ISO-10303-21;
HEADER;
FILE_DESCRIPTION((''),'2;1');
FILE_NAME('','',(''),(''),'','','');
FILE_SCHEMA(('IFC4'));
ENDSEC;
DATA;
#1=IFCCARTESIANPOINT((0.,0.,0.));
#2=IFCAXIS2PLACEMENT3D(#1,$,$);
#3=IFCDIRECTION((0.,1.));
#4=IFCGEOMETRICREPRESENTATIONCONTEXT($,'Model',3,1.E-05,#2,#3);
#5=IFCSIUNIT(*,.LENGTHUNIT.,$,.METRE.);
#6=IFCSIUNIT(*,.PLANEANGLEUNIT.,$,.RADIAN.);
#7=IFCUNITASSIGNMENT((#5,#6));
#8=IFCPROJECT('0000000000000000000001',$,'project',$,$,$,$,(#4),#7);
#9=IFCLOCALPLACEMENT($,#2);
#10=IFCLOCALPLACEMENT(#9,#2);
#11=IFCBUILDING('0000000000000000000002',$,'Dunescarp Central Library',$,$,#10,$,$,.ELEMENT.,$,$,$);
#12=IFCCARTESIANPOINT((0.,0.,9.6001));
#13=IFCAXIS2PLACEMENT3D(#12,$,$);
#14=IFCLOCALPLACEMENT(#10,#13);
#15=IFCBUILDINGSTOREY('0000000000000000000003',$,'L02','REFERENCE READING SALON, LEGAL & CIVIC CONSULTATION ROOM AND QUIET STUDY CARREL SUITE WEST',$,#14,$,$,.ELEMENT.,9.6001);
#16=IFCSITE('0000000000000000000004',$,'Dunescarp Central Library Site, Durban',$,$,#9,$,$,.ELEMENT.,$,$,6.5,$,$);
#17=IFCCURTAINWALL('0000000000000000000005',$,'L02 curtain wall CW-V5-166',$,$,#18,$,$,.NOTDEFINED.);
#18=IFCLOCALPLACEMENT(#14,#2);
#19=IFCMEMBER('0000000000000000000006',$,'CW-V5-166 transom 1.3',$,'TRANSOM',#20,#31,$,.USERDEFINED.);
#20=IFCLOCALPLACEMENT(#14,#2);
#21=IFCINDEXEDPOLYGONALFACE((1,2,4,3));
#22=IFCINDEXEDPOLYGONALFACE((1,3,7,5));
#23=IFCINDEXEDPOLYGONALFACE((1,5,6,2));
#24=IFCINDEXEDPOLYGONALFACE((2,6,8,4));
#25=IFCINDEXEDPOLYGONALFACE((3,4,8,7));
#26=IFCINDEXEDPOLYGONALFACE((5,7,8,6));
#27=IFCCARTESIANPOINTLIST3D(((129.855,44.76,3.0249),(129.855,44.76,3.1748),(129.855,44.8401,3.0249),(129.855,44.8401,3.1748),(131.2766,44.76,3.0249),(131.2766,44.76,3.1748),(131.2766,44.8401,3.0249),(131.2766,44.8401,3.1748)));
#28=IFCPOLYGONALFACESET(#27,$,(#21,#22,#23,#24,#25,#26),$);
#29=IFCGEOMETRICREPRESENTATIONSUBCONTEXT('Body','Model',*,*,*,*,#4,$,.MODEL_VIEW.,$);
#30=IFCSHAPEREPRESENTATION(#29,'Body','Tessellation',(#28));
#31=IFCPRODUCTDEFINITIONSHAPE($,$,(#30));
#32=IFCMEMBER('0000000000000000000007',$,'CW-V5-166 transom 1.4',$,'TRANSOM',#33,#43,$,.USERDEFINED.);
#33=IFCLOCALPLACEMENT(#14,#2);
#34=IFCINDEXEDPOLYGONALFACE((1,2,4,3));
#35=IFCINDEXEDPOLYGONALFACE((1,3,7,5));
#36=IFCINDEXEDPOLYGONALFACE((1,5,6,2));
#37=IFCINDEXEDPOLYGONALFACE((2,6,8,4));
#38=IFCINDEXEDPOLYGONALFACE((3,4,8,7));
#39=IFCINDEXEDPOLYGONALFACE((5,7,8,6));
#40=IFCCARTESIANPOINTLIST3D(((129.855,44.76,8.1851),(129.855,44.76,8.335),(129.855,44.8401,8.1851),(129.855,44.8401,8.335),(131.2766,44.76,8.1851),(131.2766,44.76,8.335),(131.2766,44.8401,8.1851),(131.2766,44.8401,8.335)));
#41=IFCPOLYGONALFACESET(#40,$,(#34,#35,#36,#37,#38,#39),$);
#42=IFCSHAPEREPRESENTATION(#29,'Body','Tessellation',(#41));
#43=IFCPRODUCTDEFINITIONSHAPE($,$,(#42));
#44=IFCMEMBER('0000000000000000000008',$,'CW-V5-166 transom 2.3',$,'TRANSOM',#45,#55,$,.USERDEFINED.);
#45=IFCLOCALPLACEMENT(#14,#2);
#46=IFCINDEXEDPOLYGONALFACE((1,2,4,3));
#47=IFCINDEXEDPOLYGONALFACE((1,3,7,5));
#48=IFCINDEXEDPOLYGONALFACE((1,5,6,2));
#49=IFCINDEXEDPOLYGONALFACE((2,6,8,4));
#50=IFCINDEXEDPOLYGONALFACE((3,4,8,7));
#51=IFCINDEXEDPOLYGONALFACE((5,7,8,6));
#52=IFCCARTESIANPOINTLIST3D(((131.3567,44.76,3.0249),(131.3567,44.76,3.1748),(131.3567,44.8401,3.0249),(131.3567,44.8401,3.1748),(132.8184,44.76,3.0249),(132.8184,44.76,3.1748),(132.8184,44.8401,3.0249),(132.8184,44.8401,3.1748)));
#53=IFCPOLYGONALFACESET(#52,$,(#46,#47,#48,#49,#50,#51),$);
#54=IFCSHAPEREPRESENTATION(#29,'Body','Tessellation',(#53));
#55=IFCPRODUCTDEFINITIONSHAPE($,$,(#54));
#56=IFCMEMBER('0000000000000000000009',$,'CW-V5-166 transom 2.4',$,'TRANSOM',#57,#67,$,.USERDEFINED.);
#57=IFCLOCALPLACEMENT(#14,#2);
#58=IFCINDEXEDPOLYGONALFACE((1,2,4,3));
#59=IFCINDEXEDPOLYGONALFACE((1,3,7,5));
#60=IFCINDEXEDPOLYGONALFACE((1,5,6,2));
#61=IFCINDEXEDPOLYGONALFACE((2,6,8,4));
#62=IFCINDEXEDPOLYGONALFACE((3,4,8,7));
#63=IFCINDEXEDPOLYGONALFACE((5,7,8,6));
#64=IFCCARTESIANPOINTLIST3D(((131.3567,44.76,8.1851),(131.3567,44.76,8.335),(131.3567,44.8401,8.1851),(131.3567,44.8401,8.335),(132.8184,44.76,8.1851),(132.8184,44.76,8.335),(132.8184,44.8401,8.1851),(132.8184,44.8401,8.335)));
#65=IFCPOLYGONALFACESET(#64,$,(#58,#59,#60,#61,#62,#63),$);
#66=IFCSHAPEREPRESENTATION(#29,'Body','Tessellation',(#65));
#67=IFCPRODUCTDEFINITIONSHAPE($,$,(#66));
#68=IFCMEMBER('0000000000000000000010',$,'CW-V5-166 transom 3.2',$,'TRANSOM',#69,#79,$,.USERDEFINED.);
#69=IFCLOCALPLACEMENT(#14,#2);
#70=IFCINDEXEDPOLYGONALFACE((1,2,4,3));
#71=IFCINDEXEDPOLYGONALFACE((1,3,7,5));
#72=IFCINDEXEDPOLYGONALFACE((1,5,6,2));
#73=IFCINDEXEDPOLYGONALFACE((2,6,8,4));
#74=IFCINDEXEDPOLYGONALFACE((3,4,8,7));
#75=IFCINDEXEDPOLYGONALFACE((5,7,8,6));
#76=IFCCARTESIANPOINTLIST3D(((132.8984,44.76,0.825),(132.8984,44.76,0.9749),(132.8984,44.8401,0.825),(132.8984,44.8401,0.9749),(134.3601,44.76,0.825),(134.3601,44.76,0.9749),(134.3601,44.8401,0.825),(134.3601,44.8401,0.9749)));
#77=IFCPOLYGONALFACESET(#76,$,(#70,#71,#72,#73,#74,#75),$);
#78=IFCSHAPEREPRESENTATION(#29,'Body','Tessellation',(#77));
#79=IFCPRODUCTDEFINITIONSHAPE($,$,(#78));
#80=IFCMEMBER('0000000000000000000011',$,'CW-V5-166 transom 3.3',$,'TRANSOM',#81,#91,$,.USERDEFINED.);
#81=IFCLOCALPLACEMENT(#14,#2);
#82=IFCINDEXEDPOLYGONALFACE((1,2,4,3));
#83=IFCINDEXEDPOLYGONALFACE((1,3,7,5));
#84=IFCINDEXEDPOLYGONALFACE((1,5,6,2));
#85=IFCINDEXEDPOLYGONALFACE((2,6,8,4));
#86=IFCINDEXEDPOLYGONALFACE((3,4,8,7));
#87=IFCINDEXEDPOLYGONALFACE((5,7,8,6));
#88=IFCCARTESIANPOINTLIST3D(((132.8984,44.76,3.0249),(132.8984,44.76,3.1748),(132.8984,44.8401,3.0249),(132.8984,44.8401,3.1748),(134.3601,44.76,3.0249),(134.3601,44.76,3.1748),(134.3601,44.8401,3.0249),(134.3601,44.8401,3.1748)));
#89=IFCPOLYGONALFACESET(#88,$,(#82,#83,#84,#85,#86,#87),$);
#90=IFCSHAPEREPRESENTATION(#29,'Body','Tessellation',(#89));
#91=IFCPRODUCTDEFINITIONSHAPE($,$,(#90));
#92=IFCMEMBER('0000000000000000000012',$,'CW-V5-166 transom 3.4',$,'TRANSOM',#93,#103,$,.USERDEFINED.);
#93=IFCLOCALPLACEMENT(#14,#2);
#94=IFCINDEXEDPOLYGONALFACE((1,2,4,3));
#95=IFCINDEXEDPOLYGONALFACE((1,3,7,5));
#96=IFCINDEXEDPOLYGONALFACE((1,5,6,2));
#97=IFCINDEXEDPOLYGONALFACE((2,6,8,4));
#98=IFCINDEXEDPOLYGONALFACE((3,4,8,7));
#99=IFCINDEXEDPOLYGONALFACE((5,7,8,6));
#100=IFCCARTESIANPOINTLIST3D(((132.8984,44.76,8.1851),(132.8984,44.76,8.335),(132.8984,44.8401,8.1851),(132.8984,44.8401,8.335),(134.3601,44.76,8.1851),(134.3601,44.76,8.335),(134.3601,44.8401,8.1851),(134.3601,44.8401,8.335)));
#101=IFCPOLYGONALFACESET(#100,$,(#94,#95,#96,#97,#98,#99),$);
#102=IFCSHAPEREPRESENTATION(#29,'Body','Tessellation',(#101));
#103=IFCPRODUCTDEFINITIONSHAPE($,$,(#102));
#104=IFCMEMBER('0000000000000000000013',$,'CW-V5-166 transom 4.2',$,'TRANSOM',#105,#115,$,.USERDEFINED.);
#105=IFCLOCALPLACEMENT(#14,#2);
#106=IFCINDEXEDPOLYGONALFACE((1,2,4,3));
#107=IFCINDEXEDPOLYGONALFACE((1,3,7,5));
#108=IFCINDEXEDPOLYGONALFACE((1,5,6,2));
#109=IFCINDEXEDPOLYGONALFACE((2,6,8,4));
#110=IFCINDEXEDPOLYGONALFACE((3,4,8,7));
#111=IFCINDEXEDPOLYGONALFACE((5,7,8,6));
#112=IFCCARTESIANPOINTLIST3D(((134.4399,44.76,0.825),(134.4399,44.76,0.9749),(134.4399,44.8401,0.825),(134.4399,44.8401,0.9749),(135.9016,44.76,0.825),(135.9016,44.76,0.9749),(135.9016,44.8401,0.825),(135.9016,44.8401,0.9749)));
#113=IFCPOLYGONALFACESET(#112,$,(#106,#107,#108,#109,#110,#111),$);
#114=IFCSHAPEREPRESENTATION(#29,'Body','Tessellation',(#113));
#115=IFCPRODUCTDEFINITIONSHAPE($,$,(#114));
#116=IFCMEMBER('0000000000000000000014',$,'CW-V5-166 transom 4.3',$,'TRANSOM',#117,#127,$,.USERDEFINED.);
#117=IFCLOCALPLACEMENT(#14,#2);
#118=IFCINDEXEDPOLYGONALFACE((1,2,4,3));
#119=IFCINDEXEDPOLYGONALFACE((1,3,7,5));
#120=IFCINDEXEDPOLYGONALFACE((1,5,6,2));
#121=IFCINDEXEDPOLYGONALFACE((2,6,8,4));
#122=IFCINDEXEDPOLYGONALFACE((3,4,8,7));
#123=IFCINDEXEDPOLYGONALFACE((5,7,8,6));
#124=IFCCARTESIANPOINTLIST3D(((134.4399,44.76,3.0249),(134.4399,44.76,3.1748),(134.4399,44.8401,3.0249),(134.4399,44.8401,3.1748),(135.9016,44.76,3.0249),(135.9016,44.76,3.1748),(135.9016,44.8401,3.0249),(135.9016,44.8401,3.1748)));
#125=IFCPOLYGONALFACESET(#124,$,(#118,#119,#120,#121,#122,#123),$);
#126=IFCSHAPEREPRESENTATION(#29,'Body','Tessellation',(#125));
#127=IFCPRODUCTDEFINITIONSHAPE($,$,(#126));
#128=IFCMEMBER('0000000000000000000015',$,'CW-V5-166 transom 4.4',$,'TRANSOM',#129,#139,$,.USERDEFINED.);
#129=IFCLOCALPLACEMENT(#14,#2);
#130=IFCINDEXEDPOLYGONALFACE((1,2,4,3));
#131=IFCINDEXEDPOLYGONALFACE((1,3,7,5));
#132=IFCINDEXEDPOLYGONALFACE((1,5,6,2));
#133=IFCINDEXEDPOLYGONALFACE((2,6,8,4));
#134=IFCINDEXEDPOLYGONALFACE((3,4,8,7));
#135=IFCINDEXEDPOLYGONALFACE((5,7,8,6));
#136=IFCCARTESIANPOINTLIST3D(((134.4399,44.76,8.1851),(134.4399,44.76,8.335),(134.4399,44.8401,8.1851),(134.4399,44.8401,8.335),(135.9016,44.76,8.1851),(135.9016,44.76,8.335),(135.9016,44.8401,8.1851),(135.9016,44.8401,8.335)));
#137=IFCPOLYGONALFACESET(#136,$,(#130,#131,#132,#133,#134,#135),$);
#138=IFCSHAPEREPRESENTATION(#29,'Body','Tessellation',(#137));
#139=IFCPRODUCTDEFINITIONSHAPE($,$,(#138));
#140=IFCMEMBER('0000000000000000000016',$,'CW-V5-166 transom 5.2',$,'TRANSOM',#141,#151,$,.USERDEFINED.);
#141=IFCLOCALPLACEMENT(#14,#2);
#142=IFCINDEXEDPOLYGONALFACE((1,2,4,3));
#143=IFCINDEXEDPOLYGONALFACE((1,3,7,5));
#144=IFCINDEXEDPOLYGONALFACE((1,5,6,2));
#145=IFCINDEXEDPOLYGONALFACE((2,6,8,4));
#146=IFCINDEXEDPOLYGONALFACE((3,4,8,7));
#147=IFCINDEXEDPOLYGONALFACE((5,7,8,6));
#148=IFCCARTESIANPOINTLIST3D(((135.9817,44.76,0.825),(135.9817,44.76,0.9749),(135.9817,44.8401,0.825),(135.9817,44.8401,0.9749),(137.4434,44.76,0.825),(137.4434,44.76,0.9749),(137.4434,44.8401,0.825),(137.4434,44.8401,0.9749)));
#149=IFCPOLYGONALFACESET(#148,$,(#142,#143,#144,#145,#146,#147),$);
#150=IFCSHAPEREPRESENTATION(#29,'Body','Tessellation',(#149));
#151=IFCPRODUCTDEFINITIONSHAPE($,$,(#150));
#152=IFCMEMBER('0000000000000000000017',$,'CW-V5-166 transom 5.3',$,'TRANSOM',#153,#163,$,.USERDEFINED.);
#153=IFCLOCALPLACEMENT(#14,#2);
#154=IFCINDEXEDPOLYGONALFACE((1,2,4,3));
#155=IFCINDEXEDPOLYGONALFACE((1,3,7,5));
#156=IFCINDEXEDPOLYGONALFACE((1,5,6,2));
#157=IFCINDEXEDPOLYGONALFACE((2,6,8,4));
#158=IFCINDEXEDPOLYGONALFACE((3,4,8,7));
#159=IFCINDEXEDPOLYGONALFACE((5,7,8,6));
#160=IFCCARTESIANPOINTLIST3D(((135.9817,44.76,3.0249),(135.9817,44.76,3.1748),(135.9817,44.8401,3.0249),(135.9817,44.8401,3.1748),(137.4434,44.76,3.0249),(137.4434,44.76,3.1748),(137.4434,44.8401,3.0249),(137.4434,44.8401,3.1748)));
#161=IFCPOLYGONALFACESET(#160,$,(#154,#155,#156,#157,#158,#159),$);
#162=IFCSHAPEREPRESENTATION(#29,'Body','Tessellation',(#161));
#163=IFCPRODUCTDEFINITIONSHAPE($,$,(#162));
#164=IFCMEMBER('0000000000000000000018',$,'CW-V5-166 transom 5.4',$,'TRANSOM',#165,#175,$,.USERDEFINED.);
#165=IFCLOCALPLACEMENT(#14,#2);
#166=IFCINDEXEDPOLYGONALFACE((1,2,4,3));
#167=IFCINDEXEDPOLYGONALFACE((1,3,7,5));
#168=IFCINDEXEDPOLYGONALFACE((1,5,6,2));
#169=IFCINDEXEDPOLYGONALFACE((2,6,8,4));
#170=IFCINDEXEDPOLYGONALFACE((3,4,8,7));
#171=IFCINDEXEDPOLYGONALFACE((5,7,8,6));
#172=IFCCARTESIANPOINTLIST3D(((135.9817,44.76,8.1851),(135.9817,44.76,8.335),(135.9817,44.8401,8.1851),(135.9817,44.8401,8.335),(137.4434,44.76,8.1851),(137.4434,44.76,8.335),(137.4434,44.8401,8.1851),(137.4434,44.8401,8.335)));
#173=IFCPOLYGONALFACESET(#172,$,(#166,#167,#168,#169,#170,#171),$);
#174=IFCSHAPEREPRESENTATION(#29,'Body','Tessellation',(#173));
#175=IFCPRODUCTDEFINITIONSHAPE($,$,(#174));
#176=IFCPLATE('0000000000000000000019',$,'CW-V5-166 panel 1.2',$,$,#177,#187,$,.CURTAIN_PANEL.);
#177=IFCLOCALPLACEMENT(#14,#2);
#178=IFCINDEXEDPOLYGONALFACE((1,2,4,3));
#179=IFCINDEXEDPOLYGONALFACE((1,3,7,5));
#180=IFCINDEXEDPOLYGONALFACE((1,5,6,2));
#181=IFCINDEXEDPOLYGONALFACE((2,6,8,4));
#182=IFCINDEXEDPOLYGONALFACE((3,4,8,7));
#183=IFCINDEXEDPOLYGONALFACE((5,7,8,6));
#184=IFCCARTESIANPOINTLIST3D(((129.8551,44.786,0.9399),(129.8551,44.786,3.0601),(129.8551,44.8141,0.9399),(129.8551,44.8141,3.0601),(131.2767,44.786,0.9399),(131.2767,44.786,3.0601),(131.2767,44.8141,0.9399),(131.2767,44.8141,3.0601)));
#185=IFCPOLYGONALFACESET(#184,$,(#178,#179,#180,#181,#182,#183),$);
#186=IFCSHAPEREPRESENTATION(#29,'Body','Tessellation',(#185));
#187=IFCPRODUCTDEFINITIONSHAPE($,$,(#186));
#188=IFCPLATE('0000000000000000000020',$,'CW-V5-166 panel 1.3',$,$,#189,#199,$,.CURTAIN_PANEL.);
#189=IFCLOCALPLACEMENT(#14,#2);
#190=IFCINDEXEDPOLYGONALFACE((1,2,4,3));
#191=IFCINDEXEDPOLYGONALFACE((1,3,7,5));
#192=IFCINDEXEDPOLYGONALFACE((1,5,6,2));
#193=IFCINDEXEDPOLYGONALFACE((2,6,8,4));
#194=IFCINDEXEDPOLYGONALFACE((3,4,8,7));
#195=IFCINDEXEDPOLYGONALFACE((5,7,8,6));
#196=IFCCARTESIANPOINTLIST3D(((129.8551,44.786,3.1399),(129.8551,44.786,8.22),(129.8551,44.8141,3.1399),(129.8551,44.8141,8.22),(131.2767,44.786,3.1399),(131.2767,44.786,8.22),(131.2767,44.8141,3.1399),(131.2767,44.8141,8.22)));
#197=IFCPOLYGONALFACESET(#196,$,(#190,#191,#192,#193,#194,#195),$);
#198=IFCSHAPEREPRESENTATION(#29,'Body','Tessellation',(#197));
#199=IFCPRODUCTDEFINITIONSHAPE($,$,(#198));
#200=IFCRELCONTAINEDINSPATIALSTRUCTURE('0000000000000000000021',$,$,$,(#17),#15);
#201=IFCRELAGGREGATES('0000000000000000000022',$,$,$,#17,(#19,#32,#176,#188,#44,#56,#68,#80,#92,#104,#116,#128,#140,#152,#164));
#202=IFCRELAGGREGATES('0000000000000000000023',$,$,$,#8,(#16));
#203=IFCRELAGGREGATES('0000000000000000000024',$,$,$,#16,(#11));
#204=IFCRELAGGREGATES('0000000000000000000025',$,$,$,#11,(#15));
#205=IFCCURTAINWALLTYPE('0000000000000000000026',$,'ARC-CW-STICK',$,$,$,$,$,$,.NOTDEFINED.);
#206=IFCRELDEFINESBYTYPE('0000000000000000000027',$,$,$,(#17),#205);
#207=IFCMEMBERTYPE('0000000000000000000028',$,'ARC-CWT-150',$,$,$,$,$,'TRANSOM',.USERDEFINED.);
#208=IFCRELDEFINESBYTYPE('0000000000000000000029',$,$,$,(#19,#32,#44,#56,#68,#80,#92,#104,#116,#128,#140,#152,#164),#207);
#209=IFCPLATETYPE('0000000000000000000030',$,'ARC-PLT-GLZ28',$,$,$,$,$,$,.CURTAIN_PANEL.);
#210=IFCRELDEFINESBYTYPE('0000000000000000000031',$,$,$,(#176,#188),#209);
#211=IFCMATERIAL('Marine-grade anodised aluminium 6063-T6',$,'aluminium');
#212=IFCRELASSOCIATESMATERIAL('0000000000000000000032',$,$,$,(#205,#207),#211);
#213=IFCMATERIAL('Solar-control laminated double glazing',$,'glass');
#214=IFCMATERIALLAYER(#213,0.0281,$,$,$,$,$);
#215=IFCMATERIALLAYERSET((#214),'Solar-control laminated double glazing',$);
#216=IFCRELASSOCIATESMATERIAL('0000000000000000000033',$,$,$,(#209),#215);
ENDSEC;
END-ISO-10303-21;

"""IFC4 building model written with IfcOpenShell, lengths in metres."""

from ifc_helpers import new_model, si_unit, direction, frame, origin, origin_2d, place, context, subcontext, project, spatial, rectangle, extrude, material, layer, layer_set, material_profile, profile_set, type_object, element, aggregate, save


model = new_model("IFC4")

# Units and contexts
model_context = context("Model", 3, precision=1e-05, world=origin(), true_north=direction((0.0, 1.0)))
body_context = subcontext(model_context, "Body", "Model", "MODEL_VIEW")
ifc_project = project(units=[si_unit("LENGTHUNIT", "METRE"), si_unit("PLANEANGLEUNIT", "RADIAN")], contexts=[model_context])

# Site, building, storey
site_placement = place(None, origin())
site = spatial("IfcSite", under=ifc_project, at=site_placement, Name="Dunescarp Central Library Site, Durban", CompositionType="ELEMENT", RefElevation=6.5)
building_placement = place(site_placement, origin())
building = spatial("IfcBuilding", under=site, at=building_placement, Name="Dunescarp Central Library", CompositionType="ELEMENT")
storey_placement = place(building_placement, frame((0.0, 0.0, 9.6001)))
storey = spatial("IfcBuildingStorey", under=building, at=storey_placement, Name="L02", Description="REFERENCE READING SALON, LEGAL & CIVIC CONSULTATION ROOM AND QUIET STUDY CARREL SUITE WEST", CompositionType="ELEMENT", Elevation=9.6001)

# Curtain wall, members, plates
ifc_material_1 = material(Name="Marine-grade anodised aluminium 6063-T6", Category="aluminium")
curtain_wall_type = type_object("IfcCurtainWallType", Name="ARC-CW-STICK", PredefinedType="NOTDEFINED", material=ifc_material_1)
curtain_wall_placement = place(storey_placement, origin())
curtain_wall = element("IfcCurtainWall", 1, at=curtain_wall_placement, inside=storey, type_object=curtain_wall_type, Name="L02 curtain wall CW-V5-166", PredefinedType="NOTDEFINED")
ifc_material_profile = material_profile(ifc_material_1, rectangle(XDim=0.0801, YDim=0.1499, at=origin_2d()), Name="AL 80x150")
ifc_profile_set = profile_set([ifc_material_profile], Name="Marine-grade anodised aluminium 6063-T6")
member_type = type_object("IfcMemberType", Name="ARC-CWT-150", ElementType="TRANSOM", PredefinedType="USERDEFINED", material=ifc_profile_set)
member_1_placement = place(storey_placement, frame((129.855, 44.8, 3.0999), z_axis=(1.0, 0.0, 0.0), x_axis=(0.0, 1.0, 0.0)))
member_1 = element("IfcMember", 2, at=member_1_placement, type_object=member_type, Name="CW-V5-166 transom 1.3", ObjectType="TRANSOM", PredefinedType="USERDEFINED", context=body_context, shape_type="SweptSolid", body=[
    extrude(rectangle(XDim=0.0801, YDim=0.1499, at=origin_2d()), origin(), (0.0, 0.0, 1.0), 1.4216),
])
member_2_placement = place(storey_placement, frame((129.855, 44.8, 8.26), z_axis=(1.0, 0.0, 0.0), x_axis=(0.0, 1.0, 0.0)))
member_2 = element("IfcMember", 3, at=member_2_placement, type_object=member_type, Name="CW-V5-166 transom 1.4", ObjectType="TRANSOM", PredefinedType="USERDEFINED", context=body_context, shape_type="SweptSolid", body=[
    extrude(rectangle(XDim=0.0801, YDim=0.1499, at=origin_2d()), origin(), (0.0, 0.0, 1.0), 1.4216),
])
member_3_placement = place(storey_placement, frame((131.3567, 44.8, 3.0999), z_axis=(1.0, 0.0, 0.0), x_axis=(0.0, 1.0, 0.0)))
member_3 = element("IfcMember", 4, at=member_3_placement, type_object=member_type, Name="CW-V5-166 transom 2.3", ObjectType="TRANSOM", PredefinedType="USERDEFINED", context=body_context, shape_type="SweptSolid", body=[
    extrude(rectangle(XDim=0.0801, YDim=0.1499, at=origin_2d()), origin(), (0.0, 0.0, 1.0), 1.4617),
])
member_4_placement = place(storey_placement, frame((131.3567, 44.8, 8.26), z_axis=(1.0, 0.0, 0.0), x_axis=(0.0, 1.0, 0.0)))
member_4 = element("IfcMember", 5, at=member_4_placement, type_object=member_type, Name="CW-V5-166 transom 2.4", ObjectType="TRANSOM", PredefinedType="USERDEFINED", context=body_context, shape_type="SweptSolid", body=[
    extrude(rectangle(XDim=0.0801, YDim=0.1499, at=origin_2d()), origin(), (0.0, 0.0, 1.0), 1.4617),
])
member_5_placement = place(storey_placement, frame((132.8984, 44.8, 0.8999), z_axis=(1.0, 0.0, 0.0), x_axis=(0.0, 1.0, 0.0)))
member_5 = element("IfcMember", 6, at=member_5_placement, type_object=member_type, Name="CW-V5-166 transom 3.2", ObjectType="TRANSOM", PredefinedType="USERDEFINED", context=body_context, shape_type="SweptSolid", body=[
    extrude(rectangle(XDim=0.0801, YDim=0.1499, at=origin_2d()), origin(), (0.0, 0.0, 1.0), 1.4617),
])
member_6_placement = place(storey_placement, frame((132.8984, 44.8, 3.0999), z_axis=(1.0, 0.0, 0.0), x_axis=(0.0, 1.0, 0.0)))
member_6 = element("IfcMember", 7, at=member_6_placement, type_object=member_type, Name="CW-V5-166 transom 3.3", ObjectType="TRANSOM", PredefinedType="USERDEFINED", context=body_context, shape_type="SweptSolid", body=[
    extrude(rectangle(XDim=0.0801, YDim=0.1499, at=origin_2d()), origin(), (0.0, 0.0, 1.0), 1.4617),
])
member_7_placement = place(storey_placement, frame((132.8984, 44.8, 8.26), z_axis=(1.0, 0.0, 0.0), x_axis=(0.0, 1.0, 0.0)))
member_7 = element("IfcMember", 8, at=member_7_placement, type_object=member_type, Name="CW-V5-166 transom 3.4", ObjectType="TRANSOM", PredefinedType="USERDEFINED", context=body_context, shape_type="SweptSolid", body=[
    extrude(rectangle(XDim=0.0801, YDim=0.1499, at=origin_2d()), origin(), (0.0, 0.0, 1.0), 1.4617),
])
member_8_placement = place(storey_placement, frame((134.4399, 44.8, 0.8999), z_axis=(1.0, 0.0, 0.0), x_axis=(0.0, 1.0, 0.0)))
member_8 = element("IfcMember", 9, at=member_8_placement, type_object=member_type, Name="CW-V5-166 transom 4.2", ObjectType="TRANSOM", PredefinedType="USERDEFINED", context=body_context, shape_type="SweptSolid", body=[
    extrude(rectangle(XDim=0.0801, YDim=0.1499, at=origin_2d()), origin(), (0.0, 0.0, 1.0), 1.4617),
])
member_9_placement = place(storey_placement, frame((134.4399, 44.8, 3.0999), z_axis=(1.0, 0.0, 0.0), x_axis=(0.0, 1.0, 0.0)))
member_9 = element("IfcMember", 10, at=member_9_placement, type_object=member_type, Name="CW-V5-166 transom 4.3", ObjectType="TRANSOM", PredefinedType="USERDEFINED", context=body_context, shape_type="SweptSolid", body=[
    extrude(rectangle(XDim=0.0801, YDim=0.1499, at=origin_2d()), origin(), (0.0, 0.0, 1.0), 1.4617),
])
member_10_placement = place(storey_placement, frame((134.4399, 44.8, 8.26), z_axis=(1.0, 0.0, 0.0), x_axis=(0.0, 1.0, 0.0)))
member_10 = element("IfcMember", 11, at=member_10_placement, type_object=member_type, Name="CW-V5-166 transom 4.4", ObjectType="TRANSOM", PredefinedType="USERDEFINED", context=body_context, shape_type="SweptSolid", body=[
    extrude(rectangle(XDim=0.0801, YDim=0.1499, at=origin_2d()), origin(), (0.0, 0.0, 1.0), 1.4617),
])
member_11_placement = place(storey_placement, frame((135.9817, 44.8, 0.8999), z_axis=(1.0, 0.0, 0.0), x_axis=(0.0, 1.0, 0.0)))
member_11 = element("IfcMember", 12, at=member_11_placement, type_object=member_type, Name="CW-V5-166 transom 5.2", ObjectType="TRANSOM", PredefinedType="USERDEFINED", context=body_context, shape_type="SweptSolid", body=[
    extrude(rectangle(XDim=0.0801, YDim=0.1499, at=origin_2d()), origin(), (0.0, 0.0, 1.0), 1.4617),
])
member_12_placement = place(storey_placement, frame((135.9817, 44.8, 3.0999), z_axis=(1.0, 0.0, 0.0), x_axis=(0.0, 1.0, 0.0)))
member_12 = element("IfcMember", 13, at=member_12_placement, type_object=member_type, Name="CW-V5-166 transom 5.3", ObjectType="TRANSOM", PredefinedType="USERDEFINED", context=body_context, shape_type="SweptSolid", body=[
    extrude(rectangle(XDim=0.0801, YDim=0.1499, at=origin_2d()), origin(), (0.0, 0.0, 1.0), 1.4617),
])
member_13_placement = place(storey_placement, frame((135.9817, 44.8, 8.26), z_axis=(1.0, 0.0, 0.0), x_axis=(0.0, 1.0, 0.0)))
member_13 = element("IfcMember", 14, at=member_13_placement, type_object=member_type, Name="CW-V5-166 transom 5.4", ObjectType="TRANSOM", PredefinedType="USERDEFINED", context=body_context, shape_type="SweptSolid", body=[
    extrude(rectangle(XDim=0.0801, YDim=0.1499, at=origin_2d()), origin(), (0.0, 0.0, 1.0), 1.4617),
])
ifc_material_2 = material(Name="Solar-control laminated double glazing", Category="glass")
ifc_layer = layer(ifc_material_2, 0.0281)
ifc_layer_set = layer_set([ifc_layer], Name="Solar-control laminated double glazing")
plate_type = type_object("IfcPlateType", Name="ARC-PLT-GLZ28", PredefinedType="CURTAIN_PANEL", material=ifc_layer_set)
plate_1_placement = place(storey_placement, frame((130.5659, 44.8, 0.9399), z_axis=(0.0, 0.0, 1.0), x_axis=(1.0, 0.0, 0.0)))
plate_1 = element("IfcPlate", 15, at=plate_1_placement, type_object=plate_type, Name="CW-V5-166 panel 1.2", PredefinedType="CURTAIN_PANEL", context=body_context, shape_type="SweptSolid", body=[
    extrude(rectangle(XDim=1.4216, YDim=0.0281, at=origin_2d()), origin(), (0.0, 0.0, 1.0), 2.1201),
])
plate_2_placement = place(storey_placement, frame((130.5659, 44.8, 3.1399), z_axis=(0.0, 0.0, 1.0), x_axis=(1.0, 0.0, 0.0)))
plate_2 = element("IfcPlate", 16, at=plate_2_placement, type_object=plate_type, Name="CW-V5-166 panel 1.3", PredefinedType="CURTAIN_PANEL", context=body_context, shape_type="SweptSolid", body=[
    extrude(rectangle(XDim=1.4216, YDim=0.0281, at=origin_2d()), origin(), (0.0, 0.0, 1.0), 5.0801),
])
aggregate(curtain_wall, [member_1, member_2, plate_1, plate_2, member_3, member_4, member_5, member_6, member_7, member_8, member_9, member_10, member_11, member_12, member_13])

save(model, "model.ifc")
